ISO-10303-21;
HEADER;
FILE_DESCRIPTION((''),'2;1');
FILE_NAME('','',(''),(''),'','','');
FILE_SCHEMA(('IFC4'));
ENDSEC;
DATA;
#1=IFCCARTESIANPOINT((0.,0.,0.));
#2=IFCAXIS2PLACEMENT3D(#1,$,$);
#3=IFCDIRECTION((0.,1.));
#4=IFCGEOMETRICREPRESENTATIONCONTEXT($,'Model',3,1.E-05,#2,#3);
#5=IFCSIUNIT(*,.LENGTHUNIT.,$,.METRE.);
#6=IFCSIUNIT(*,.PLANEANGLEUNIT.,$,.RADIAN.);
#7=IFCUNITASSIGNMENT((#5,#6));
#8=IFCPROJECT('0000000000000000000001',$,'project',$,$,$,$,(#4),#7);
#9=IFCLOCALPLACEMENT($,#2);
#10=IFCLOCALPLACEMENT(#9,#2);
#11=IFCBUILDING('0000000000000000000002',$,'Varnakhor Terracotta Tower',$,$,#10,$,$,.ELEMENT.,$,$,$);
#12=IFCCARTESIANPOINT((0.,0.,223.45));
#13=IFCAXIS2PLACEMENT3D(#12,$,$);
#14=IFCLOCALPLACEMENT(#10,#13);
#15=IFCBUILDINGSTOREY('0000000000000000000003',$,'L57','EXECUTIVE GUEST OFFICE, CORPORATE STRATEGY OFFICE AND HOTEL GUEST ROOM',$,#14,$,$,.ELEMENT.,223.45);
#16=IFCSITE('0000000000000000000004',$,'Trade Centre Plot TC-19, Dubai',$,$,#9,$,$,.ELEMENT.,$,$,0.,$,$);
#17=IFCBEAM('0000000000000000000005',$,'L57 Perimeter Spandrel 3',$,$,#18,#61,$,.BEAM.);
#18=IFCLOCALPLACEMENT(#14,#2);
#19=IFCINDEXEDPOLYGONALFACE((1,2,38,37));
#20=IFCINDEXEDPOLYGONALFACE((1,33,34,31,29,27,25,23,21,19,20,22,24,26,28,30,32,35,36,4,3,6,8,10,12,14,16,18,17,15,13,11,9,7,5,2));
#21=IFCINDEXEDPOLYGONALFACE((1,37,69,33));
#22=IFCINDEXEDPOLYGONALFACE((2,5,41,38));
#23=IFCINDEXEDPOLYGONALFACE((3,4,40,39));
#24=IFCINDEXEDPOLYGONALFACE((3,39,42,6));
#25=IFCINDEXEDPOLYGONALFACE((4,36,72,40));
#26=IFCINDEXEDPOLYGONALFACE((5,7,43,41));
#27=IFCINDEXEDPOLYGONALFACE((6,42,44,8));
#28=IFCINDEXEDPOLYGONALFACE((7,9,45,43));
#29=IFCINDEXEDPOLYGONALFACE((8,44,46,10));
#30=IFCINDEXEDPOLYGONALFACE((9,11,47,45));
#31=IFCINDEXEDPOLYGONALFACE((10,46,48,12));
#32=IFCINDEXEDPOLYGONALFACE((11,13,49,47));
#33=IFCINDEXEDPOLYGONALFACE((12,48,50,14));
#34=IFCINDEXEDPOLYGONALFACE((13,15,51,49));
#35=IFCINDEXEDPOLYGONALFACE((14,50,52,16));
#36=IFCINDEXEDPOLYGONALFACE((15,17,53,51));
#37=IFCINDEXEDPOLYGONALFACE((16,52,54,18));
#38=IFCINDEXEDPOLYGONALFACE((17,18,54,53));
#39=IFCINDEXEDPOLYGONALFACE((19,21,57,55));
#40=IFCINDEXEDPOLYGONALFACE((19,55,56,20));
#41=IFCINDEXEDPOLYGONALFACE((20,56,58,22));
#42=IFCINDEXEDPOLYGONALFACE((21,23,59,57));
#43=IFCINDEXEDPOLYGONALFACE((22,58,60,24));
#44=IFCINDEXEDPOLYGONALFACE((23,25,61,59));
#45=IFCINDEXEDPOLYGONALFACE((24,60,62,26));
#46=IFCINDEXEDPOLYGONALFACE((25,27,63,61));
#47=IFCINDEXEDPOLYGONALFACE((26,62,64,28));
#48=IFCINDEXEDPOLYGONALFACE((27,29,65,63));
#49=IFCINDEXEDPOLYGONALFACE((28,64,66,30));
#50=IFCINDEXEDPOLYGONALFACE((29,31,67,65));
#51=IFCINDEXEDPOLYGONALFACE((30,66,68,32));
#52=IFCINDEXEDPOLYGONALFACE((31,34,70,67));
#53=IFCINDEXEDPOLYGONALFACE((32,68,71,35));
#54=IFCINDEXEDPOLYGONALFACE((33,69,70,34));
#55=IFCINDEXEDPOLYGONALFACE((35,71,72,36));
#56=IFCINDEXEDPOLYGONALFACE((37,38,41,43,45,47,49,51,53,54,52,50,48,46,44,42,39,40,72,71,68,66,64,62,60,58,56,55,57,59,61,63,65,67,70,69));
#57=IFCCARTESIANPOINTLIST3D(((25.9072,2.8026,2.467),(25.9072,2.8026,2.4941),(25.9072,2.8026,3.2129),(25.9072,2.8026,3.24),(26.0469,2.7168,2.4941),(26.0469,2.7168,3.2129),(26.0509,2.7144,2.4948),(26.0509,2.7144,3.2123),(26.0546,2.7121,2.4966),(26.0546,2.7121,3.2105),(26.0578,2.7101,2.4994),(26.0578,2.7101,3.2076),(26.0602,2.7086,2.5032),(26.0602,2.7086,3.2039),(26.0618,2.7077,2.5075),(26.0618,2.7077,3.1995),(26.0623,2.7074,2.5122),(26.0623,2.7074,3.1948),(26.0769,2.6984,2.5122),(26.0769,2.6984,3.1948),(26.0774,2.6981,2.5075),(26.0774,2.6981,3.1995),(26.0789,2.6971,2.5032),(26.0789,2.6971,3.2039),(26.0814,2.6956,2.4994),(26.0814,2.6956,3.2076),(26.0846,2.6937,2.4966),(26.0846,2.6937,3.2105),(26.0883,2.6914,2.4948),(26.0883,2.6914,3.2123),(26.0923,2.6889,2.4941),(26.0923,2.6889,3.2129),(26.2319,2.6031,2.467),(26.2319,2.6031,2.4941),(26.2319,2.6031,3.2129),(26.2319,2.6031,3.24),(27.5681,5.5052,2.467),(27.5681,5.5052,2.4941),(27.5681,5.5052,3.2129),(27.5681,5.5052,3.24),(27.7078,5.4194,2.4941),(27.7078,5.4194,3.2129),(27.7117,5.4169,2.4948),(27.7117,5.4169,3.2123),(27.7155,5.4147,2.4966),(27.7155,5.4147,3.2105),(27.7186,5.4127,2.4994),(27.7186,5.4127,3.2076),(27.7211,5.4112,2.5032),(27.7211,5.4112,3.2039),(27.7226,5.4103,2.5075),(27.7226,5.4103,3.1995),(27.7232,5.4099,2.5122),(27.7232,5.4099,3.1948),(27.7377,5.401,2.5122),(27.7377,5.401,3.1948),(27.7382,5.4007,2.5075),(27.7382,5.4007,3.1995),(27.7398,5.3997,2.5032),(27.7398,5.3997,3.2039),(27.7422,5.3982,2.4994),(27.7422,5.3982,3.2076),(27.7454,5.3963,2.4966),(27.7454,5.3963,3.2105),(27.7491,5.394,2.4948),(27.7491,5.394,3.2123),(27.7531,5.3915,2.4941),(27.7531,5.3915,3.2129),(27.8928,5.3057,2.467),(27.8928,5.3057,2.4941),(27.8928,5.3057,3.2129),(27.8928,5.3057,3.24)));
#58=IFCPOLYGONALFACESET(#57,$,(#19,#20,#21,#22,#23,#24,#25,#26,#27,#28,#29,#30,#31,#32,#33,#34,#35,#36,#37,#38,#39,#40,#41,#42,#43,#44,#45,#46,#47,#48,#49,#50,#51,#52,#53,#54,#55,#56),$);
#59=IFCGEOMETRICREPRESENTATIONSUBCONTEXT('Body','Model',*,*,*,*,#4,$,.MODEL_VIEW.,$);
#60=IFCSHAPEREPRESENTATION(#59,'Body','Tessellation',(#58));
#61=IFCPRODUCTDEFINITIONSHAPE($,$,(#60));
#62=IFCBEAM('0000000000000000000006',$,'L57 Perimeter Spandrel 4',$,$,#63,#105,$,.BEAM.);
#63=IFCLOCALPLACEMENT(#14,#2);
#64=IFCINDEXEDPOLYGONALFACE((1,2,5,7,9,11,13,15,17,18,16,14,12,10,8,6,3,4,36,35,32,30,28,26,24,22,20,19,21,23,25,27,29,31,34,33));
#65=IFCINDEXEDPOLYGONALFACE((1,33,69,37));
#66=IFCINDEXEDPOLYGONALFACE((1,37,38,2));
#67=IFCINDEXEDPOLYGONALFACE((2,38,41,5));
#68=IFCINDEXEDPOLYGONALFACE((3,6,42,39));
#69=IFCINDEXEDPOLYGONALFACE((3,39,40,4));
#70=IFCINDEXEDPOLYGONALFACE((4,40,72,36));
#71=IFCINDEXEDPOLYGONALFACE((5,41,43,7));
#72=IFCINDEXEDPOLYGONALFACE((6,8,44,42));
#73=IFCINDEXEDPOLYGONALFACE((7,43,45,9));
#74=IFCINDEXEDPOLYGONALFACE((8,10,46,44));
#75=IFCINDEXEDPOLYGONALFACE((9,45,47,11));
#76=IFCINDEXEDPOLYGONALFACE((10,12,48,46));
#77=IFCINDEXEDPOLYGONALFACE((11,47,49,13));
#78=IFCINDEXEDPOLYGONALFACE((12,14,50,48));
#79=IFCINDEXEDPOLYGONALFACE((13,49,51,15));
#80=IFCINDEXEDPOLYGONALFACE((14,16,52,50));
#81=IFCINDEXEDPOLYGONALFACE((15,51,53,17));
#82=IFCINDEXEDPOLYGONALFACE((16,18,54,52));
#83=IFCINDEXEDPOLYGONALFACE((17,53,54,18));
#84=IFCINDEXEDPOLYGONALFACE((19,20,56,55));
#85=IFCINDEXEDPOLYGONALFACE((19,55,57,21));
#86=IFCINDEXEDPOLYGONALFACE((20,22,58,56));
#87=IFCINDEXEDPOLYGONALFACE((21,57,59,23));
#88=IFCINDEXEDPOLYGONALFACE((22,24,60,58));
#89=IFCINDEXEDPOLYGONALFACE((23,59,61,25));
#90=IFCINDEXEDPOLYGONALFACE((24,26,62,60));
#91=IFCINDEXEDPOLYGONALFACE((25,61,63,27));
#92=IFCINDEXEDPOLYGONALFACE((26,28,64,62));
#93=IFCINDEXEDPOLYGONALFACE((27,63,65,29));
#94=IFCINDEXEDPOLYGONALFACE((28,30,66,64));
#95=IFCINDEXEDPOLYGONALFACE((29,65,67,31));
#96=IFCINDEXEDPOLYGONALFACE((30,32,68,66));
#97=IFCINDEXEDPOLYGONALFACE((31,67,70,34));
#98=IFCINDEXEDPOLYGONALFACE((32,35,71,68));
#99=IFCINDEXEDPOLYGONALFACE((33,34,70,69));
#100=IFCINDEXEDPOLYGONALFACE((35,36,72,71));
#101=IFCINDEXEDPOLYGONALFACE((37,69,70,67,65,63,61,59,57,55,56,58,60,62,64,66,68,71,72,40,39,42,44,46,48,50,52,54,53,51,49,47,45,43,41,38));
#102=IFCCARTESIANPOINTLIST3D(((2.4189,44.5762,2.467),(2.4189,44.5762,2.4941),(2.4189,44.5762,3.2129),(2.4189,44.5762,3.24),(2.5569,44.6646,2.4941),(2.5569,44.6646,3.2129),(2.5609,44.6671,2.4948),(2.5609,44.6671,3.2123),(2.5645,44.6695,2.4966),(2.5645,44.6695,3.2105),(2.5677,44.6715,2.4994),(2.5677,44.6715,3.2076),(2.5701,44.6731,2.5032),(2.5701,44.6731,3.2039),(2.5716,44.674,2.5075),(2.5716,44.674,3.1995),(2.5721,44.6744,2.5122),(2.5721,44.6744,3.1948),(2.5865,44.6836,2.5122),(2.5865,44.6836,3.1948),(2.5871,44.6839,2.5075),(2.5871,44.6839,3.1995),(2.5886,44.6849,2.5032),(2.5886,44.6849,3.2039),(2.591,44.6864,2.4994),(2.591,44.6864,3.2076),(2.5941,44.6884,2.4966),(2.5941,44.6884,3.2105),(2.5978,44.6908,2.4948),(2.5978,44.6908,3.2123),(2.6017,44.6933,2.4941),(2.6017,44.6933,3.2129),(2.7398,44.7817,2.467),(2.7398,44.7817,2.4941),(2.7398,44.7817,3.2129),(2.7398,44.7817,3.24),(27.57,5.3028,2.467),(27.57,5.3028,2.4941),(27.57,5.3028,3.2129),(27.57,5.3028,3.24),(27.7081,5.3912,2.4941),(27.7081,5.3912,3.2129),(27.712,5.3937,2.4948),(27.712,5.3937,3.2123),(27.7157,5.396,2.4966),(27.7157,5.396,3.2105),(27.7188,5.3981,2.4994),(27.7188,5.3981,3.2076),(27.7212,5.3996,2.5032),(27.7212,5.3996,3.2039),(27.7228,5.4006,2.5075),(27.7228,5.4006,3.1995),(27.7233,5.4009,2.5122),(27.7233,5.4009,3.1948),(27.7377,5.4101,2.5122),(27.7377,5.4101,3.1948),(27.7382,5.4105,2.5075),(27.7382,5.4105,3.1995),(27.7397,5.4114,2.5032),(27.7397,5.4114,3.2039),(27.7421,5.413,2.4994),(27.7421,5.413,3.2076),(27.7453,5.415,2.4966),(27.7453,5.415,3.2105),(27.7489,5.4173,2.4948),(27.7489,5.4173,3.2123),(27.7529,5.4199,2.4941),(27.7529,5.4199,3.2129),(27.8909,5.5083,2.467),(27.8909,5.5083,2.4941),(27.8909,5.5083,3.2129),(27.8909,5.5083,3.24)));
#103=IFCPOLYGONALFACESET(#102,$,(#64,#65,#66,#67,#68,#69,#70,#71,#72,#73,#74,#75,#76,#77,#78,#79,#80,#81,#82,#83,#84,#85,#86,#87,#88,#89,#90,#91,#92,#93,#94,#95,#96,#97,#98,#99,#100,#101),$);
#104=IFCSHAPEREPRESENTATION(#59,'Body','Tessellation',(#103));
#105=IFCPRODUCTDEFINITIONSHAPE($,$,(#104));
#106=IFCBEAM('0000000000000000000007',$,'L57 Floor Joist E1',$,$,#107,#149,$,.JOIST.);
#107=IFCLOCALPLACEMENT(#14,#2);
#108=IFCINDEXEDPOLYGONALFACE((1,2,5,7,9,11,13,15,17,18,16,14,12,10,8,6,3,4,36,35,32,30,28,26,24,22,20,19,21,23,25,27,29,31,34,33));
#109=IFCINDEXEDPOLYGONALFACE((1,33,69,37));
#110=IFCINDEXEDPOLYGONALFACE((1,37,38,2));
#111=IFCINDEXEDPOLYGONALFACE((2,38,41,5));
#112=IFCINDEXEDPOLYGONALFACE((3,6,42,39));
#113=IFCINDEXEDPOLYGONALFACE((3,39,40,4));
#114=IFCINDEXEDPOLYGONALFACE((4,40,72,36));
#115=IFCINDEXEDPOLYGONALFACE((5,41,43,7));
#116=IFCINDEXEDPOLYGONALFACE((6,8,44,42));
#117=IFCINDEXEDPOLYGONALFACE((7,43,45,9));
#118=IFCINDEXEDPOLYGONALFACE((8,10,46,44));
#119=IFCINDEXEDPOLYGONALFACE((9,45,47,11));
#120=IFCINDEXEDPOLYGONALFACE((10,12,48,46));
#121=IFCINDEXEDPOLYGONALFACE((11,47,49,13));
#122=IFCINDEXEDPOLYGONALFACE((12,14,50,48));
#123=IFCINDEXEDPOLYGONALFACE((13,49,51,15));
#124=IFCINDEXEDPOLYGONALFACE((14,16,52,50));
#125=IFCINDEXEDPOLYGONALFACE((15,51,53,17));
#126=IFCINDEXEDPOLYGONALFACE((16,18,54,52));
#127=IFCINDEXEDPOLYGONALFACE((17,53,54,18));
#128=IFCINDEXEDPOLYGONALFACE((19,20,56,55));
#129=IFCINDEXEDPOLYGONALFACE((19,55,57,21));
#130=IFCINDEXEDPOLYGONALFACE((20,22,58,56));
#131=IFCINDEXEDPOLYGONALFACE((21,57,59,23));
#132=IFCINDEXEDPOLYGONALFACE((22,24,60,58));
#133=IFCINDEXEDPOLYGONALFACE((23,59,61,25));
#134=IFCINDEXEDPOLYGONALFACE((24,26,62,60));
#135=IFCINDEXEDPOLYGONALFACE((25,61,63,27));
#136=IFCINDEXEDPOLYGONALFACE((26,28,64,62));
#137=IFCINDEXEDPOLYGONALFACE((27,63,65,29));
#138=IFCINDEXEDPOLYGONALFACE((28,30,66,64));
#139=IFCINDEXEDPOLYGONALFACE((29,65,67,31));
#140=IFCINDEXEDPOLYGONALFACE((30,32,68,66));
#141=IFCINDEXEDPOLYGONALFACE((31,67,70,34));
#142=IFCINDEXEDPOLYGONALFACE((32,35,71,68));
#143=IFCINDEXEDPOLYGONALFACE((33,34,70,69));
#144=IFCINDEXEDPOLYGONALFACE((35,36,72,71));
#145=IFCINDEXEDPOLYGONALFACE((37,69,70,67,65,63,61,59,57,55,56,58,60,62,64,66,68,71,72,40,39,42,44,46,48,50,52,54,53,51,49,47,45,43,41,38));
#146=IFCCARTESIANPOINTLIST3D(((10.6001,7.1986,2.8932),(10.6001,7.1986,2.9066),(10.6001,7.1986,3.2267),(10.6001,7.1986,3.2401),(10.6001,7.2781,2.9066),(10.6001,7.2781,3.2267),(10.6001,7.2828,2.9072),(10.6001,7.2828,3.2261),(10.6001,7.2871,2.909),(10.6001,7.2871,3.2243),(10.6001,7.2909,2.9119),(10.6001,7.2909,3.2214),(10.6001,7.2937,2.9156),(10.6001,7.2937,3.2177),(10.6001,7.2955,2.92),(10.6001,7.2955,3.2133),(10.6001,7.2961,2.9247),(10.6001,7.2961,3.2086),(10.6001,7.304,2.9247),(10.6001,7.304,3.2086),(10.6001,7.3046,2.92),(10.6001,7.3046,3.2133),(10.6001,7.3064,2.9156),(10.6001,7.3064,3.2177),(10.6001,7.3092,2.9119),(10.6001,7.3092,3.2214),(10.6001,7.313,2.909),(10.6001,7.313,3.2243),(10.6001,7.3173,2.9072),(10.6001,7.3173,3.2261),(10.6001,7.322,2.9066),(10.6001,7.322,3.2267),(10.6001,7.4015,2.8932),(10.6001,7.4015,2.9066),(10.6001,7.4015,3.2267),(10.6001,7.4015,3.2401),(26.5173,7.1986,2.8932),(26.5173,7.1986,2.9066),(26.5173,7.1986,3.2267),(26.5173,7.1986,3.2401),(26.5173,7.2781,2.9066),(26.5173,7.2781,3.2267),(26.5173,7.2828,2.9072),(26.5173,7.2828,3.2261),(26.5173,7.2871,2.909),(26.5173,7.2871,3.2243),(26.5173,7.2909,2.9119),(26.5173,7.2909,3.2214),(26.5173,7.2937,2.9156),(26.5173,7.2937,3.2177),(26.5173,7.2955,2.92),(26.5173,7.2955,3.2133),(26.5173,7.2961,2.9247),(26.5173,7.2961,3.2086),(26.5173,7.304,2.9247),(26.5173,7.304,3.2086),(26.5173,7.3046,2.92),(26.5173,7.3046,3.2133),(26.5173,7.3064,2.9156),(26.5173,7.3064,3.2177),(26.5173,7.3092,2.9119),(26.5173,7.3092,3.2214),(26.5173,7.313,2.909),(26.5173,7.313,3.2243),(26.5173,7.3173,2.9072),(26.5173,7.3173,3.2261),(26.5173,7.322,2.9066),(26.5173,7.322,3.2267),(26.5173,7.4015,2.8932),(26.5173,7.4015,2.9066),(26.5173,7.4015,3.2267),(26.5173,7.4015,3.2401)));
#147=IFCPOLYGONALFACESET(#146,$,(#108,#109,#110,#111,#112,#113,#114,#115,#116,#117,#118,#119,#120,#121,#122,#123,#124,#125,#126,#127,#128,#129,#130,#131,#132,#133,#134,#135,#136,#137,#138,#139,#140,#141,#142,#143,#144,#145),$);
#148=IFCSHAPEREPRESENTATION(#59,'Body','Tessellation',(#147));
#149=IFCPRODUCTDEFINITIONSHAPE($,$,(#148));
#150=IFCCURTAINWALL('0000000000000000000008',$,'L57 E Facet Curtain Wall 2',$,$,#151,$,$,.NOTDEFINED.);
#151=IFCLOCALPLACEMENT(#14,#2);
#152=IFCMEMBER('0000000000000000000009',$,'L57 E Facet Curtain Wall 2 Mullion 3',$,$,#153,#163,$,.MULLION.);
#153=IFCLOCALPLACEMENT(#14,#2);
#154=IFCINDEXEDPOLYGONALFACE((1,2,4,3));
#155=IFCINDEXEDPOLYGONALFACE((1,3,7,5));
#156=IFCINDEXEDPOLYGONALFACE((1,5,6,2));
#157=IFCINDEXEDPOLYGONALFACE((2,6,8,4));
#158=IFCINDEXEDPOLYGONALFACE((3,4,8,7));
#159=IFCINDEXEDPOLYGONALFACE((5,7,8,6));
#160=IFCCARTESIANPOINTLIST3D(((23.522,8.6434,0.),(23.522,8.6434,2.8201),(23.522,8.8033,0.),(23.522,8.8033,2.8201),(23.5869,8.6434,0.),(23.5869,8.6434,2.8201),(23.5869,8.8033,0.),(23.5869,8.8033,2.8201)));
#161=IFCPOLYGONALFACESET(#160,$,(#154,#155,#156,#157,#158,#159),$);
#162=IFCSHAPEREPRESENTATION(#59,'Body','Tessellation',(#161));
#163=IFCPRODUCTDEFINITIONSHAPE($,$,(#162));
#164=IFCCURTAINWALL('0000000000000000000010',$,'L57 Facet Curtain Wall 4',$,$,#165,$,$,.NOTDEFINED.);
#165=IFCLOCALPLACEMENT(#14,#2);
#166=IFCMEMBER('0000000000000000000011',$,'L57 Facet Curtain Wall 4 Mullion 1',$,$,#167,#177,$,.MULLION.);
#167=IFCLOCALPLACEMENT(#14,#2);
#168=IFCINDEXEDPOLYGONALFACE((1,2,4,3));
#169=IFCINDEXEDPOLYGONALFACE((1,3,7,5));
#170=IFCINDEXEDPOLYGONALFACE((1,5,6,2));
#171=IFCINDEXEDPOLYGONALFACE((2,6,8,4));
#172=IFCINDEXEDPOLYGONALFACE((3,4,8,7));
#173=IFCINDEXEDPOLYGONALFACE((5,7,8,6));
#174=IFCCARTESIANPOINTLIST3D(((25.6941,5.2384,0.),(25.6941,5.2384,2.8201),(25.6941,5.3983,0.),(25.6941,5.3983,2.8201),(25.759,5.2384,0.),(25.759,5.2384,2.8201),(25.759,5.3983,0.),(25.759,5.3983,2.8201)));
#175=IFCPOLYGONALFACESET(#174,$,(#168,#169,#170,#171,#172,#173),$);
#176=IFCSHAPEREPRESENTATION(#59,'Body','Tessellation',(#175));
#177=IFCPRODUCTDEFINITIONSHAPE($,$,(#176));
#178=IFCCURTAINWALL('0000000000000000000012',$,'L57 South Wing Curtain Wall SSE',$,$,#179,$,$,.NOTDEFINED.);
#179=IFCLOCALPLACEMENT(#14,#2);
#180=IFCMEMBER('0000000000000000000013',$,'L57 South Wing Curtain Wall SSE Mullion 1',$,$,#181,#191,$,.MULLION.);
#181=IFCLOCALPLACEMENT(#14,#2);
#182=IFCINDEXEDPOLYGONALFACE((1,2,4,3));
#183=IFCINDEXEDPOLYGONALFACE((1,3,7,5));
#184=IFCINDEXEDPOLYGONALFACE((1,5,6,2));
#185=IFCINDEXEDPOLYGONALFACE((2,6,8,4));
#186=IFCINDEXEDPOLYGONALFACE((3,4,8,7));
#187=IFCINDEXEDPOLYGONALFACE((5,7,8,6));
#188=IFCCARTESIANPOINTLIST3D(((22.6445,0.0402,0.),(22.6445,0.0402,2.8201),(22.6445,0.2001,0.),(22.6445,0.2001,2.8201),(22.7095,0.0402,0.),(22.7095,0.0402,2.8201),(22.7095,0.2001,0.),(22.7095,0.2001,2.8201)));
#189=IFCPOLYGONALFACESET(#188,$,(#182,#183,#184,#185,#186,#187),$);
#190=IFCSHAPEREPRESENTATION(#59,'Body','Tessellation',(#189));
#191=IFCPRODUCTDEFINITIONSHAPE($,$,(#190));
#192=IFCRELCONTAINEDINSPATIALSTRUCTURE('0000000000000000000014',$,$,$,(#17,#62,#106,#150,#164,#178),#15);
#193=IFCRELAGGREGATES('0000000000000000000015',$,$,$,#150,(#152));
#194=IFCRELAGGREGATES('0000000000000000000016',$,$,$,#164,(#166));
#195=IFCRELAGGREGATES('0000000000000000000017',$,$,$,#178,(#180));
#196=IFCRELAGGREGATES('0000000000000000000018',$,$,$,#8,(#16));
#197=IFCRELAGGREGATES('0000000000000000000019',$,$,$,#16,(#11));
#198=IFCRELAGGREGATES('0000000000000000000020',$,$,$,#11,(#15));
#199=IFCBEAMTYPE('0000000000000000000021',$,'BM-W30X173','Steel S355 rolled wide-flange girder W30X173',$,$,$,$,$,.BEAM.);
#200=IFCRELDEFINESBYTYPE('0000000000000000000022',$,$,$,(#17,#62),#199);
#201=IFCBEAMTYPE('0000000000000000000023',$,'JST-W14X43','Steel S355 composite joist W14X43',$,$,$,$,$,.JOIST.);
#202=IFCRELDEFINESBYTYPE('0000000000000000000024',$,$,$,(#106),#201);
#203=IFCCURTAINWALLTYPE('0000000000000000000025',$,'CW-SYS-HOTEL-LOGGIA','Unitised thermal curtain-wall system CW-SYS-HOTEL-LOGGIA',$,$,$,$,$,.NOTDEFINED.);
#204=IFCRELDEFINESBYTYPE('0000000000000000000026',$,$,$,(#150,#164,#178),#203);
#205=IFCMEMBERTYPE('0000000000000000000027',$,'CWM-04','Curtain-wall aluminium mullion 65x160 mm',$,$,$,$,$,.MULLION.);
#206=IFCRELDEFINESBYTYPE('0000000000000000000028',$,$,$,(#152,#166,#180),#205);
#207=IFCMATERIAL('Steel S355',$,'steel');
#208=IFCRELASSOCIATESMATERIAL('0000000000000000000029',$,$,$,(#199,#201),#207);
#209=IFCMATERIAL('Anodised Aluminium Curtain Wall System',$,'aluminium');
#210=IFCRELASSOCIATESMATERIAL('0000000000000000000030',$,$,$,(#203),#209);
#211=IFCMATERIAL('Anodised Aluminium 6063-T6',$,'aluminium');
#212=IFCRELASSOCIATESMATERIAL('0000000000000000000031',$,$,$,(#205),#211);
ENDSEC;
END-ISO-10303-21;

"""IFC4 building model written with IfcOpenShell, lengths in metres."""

from ifc_helpers import new_model, si_unit, direction, frame, origin, origin_2d, place, context, subcontext, project, spatial, rectangle, i_section, extrude, source, transform, mapped, material, material_profile, profile_set, type_object, type_shapes, element, aggregate, save


model = new_model("IFC4")

# Units and contexts
model_context = context("Model", 3, precision=1e-05, world=origin(), true_north=direction((0.0, 1.0)))
body_context = subcontext(model_context, "Body", "Model", "MODEL_VIEW")
ifc_project = project(units=[si_unit("LENGTHUNIT", "METRE"), si_unit("PLANEANGLEUNIT", "RADIAN")], contexts=[model_context])

# Site, building, storey
site_placement = place(None, origin())
site = spatial("IfcSite", under=ifc_project, at=site_placement, Name="Trade Centre Plot TC-19, Dubai", CompositionType="ELEMENT", RefElevation=0.0)
building_placement = place(site_placement, origin())
building = spatial("IfcBuilding", under=site, at=building_placement, Name="Varnakhor Terracotta Tower", CompositionType="ELEMENT")
storey_placement = place(building_placement, frame((0.0, 0.0, 223.45)))
storey = spatial("IfcBuildingStorey", under=building, at=storey_placement, Name="L57", Description="EXECUTIVE GUEST OFFICE, CORPORATE STRATEGY OFFICE AND HOTEL GUEST ROOM", CompositionType="ELEMENT", Elevation=223.45)

# Shared definitions
ifc_material_1 = material(Name="Steel S355", Category="steel")

# Beams
ifc_material_profile_1 = material_profile(ifc_material_1, i_section(OverallWidth=0.3811, OverallDepth=0.7729, WebThickness=0.0171, FlangeThickness=0.0271, FilletRadius=0.0181, at=origin_2d()), Name="W30X173")
ifc_profile_set_1 = profile_set([ifc_material_profile_1], Name="Steel S355")
beam_type_1 = type_object("IfcBeamType", Name="BM-W30X173", Description="Steel S355 rolled wide-flange girder W30X173", PredefinedType="BEAM", material=ifc_profile_set_1)
shared_shape_1 = source(origin(), body_context, "Body", "SweptSolid", [
    extrude(i_section(OverallWidth=0.3811, OverallDepth=0.7729, WebThickness=0.0171, FlangeThickness=0.0271, FilletRadius=0.0181, at=origin_2d()), origin(), (0.0, 0.0, 1.0), 3.1721),
])
beam_1_placement = place(storey_placement, frame((26.0696, 2.7029, 2.8535), z_axis=(0.523578, 0.851978, 0.0), x_axis=(-0.851978, 0.523578, 0.0)))
element("IfcBeam", 1, at=beam_1_placement, inside=storey, type_object=beam_type_1, Name="L57 Perimeter Spandrel 3", PredefinedType="BEAM", context=body_context, shape_type="MappedRepresentation", body=[
    mapped(shared_shape_1, transform((0.0, 0.0, 0.0), scale=1.0)),
])
shared_shape_2 = source(origin(), body_context, "Body", "SweptSolid", [
    extrude(i_section(OverallWidth=0.3811, OverallDepth=0.7729, WebThickness=0.0171, FlangeThickness=0.0271, FilletRadius=0.0181, at=origin_2d()), origin(), (0.0, 0.0, 1.0), 46.6367),
])
beam_2_placement = place(storey_placement, frame((27.7305, 5.4055, 2.8535), z_axis=(-0.539299, 0.842114, 0.0), x_axis=(-0.842114, -0.539299, 0.0)))
element("IfcBeam", 2, at=beam_2_placement, inside=storey, type_object=beam_type_1, Name="L57 Perimeter Spandrel 4", PredefinedType="BEAM", context=body_context, shape_type="MappedRepresentation", body=[
    mapped(shared_shape_2, transform((0.0, 0.0, 0.0), scale=1.0)),
])
ifc_material_profile_2 = material_profile(ifc_material_1, i_section(OverallWidth=0.2029, OverallDepth=0.3469, WebThickness=0.0078, FlangeThickness=0.0134, FilletRadius=0.0181, at=origin_2d()), Name="W14X43")
ifc_profile_set_2 = profile_set([ifc_material_profile_2], Name="Steel S355")
beam_type_2 = type_object("IfcBeamType", Name="JST-W14X43", Description="Steel S355 composite joist W14X43", PredefinedType="JOIST", material=ifc_profile_set_2)
shared_shape_3 = source(origin(), body_context, "Body", "SweptSolid", [
    extrude(i_section(OverallWidth=0.2029, OverallDepth=0.3469, WebThickness=0.0078, FlangeThickness=0.0134, FilletRadius=0.0181, at=origin_2d()), origin(), (0.0, 0.0, 1.0), 15.9172),
])
beam_3_placement = place(storey_placement, frame((10.6001, 7.3, 3.0667), z_axis=(1.0, 0.0, 0.0), x_axis=(0.0, 1.0, 0.0)))
element("IfcBeam", 3, at=beam_3_placement, inside=storey, type_object=beam_type_2, Name="L57 Floor Joist E1", PredefinedType="JOIST", context=body_context, shape_type="MappedRepresentation", body=[
    mapped(shared_shape_3, transform((0.0, 0.0, 0.0), scale=1.0)),
])

# Curtain walls, members
ifc_material_2 = material(Name="Anodised Aluminium Curtain Wall System", Category="aluminium")
curtain_wall_type = type_object("IfcCurtainWallType", Name="CW-SYS-HOTEL-LOGGIA", Description="Unitised thermal curtain-wall system CW-SYS-HOTEL-LOGGIA", PredefinedType="NOTDEFINED", material=ifc_material_2)
curtain_wall_1_placement = place(storey_placement, origin())
curtain_wall_1 = element("IfcCurtainWall", 4, at=curtain_wall_1_placement, inside=storey, type_object=curtain_wall_type, Name="L57 E Facet Curtain Wall 2", PredefinedType="NOTDEFINED")
ifc_material_3 = material(Name="Anodised Aluminium 6063-T6", Category="aluminium")
ifc_material_profile_3 = material_profile(ifc_material_3, rectangle(XDim=0.0649, YDim=0.1599, at=origin_2d()), Name="ALU MULLION 65x160")
ifc_profile_set_3 = profile_set([ifc_material_profile_3], Name="Anodised Aluminium 6063-T6")
member_type_1 = type_object("IfcMemberType", Name="CWM-04", Description="Curtain-wall aluminium mullion 65x160 mm", PredefinedType="MULLION", material=ifc_profile_set_3)
shared_shape_4 = source(origin(), body_context, "Body", "SweptSolid", [
    extrude(rectangle(XDim=0.0649, YDim=0.1599, at=origin_2d()), origin(), (0.0, 0.0, 1.0), 2.8201),
])
type_shapes(member_type_1, [shared_shape_4])
member_1_placement = place(storey_placement, frame((23.5544, 8.7234, 0.0), z_axis=(0.0, 0.0, 1.0), x_axis=(1.0, 0.0, 0.0)))
member_1 = element("IfcMember", 5, at=member_1_placement, type_object=member_type_1, Name="L57 E Facet Curtain Wall 2 Mullion 3", PredefinedType="MULLION", context=body_context, shape_type="MappedRepresentation", body=[
    mapped(shared_shape_4, transform((0.0, 0.0, 0.0), scale=1.0)),
])
curtain_wall_2_placement = place(storey_placement, origin())
curtain_wall_2 = element("IfcCurtainWall", 6, at=curtain_wall_2_placement, inside=storey, type_object=curtain_wall_type, Name="L57 Facet Curtain Wall 4", PredefinedType="NOTDEFINED")
member_2_placement = place(storey_placement, frame((25.7266, 5.3184, 0.0), z_axis=(0.0, 0.0, 1.0), x_axis=(1.0, 0.0, 0.0)))
member_2 = element("IfcMember", 7, at=member_2_placement, type_object=member_type_1, Name="L57 Facet Curtain Wall 4 Mullion 1", PredefinedType="MULLION", context=body_context, shape_type="MappedRepresentation", body=[
    mapped(shared_shape_4, transform((0.0, 0.0, 0.0), scale=1.0)),
])

# Curtain wall, member
curtain_wall_3_placement = place(storey_placement, origin())
curtain_wall_3 = element("IfcCurtainWall", 8, at=curtain_wall_3_placement, inside=storey, type_object=curtain_wall_type, Name="L57 South Wing Curtain Wall SSE", PredefinedType="NOTDEFINED")
member_3_placement = place(storey_placement, frame((22.677, 0.1201, 0.0), z_axis=(0.0, 0.0, 1.0), x_axis=(1.0, 0.0, 0.0)))
member_3 = element("IfcMember", 9, at=member_3_placement, type_object=member_type_1, Name="L57 South Wing Curtain Wall SSE Mullion 1", PredefinedType="MULLION", context=body_context, shape_type="MappedRepresentation", body=[
    mapped(shared_shape_4, transform((0.0, 0.0, 0.0), scale=1.0)),
])

aggregate(curtain_wall_1, [member_1])
aggregate(curtain_wall_2, [member_2])
aggregate(curtain_wall_3, [member_3])

save(model, "model.ifc")
